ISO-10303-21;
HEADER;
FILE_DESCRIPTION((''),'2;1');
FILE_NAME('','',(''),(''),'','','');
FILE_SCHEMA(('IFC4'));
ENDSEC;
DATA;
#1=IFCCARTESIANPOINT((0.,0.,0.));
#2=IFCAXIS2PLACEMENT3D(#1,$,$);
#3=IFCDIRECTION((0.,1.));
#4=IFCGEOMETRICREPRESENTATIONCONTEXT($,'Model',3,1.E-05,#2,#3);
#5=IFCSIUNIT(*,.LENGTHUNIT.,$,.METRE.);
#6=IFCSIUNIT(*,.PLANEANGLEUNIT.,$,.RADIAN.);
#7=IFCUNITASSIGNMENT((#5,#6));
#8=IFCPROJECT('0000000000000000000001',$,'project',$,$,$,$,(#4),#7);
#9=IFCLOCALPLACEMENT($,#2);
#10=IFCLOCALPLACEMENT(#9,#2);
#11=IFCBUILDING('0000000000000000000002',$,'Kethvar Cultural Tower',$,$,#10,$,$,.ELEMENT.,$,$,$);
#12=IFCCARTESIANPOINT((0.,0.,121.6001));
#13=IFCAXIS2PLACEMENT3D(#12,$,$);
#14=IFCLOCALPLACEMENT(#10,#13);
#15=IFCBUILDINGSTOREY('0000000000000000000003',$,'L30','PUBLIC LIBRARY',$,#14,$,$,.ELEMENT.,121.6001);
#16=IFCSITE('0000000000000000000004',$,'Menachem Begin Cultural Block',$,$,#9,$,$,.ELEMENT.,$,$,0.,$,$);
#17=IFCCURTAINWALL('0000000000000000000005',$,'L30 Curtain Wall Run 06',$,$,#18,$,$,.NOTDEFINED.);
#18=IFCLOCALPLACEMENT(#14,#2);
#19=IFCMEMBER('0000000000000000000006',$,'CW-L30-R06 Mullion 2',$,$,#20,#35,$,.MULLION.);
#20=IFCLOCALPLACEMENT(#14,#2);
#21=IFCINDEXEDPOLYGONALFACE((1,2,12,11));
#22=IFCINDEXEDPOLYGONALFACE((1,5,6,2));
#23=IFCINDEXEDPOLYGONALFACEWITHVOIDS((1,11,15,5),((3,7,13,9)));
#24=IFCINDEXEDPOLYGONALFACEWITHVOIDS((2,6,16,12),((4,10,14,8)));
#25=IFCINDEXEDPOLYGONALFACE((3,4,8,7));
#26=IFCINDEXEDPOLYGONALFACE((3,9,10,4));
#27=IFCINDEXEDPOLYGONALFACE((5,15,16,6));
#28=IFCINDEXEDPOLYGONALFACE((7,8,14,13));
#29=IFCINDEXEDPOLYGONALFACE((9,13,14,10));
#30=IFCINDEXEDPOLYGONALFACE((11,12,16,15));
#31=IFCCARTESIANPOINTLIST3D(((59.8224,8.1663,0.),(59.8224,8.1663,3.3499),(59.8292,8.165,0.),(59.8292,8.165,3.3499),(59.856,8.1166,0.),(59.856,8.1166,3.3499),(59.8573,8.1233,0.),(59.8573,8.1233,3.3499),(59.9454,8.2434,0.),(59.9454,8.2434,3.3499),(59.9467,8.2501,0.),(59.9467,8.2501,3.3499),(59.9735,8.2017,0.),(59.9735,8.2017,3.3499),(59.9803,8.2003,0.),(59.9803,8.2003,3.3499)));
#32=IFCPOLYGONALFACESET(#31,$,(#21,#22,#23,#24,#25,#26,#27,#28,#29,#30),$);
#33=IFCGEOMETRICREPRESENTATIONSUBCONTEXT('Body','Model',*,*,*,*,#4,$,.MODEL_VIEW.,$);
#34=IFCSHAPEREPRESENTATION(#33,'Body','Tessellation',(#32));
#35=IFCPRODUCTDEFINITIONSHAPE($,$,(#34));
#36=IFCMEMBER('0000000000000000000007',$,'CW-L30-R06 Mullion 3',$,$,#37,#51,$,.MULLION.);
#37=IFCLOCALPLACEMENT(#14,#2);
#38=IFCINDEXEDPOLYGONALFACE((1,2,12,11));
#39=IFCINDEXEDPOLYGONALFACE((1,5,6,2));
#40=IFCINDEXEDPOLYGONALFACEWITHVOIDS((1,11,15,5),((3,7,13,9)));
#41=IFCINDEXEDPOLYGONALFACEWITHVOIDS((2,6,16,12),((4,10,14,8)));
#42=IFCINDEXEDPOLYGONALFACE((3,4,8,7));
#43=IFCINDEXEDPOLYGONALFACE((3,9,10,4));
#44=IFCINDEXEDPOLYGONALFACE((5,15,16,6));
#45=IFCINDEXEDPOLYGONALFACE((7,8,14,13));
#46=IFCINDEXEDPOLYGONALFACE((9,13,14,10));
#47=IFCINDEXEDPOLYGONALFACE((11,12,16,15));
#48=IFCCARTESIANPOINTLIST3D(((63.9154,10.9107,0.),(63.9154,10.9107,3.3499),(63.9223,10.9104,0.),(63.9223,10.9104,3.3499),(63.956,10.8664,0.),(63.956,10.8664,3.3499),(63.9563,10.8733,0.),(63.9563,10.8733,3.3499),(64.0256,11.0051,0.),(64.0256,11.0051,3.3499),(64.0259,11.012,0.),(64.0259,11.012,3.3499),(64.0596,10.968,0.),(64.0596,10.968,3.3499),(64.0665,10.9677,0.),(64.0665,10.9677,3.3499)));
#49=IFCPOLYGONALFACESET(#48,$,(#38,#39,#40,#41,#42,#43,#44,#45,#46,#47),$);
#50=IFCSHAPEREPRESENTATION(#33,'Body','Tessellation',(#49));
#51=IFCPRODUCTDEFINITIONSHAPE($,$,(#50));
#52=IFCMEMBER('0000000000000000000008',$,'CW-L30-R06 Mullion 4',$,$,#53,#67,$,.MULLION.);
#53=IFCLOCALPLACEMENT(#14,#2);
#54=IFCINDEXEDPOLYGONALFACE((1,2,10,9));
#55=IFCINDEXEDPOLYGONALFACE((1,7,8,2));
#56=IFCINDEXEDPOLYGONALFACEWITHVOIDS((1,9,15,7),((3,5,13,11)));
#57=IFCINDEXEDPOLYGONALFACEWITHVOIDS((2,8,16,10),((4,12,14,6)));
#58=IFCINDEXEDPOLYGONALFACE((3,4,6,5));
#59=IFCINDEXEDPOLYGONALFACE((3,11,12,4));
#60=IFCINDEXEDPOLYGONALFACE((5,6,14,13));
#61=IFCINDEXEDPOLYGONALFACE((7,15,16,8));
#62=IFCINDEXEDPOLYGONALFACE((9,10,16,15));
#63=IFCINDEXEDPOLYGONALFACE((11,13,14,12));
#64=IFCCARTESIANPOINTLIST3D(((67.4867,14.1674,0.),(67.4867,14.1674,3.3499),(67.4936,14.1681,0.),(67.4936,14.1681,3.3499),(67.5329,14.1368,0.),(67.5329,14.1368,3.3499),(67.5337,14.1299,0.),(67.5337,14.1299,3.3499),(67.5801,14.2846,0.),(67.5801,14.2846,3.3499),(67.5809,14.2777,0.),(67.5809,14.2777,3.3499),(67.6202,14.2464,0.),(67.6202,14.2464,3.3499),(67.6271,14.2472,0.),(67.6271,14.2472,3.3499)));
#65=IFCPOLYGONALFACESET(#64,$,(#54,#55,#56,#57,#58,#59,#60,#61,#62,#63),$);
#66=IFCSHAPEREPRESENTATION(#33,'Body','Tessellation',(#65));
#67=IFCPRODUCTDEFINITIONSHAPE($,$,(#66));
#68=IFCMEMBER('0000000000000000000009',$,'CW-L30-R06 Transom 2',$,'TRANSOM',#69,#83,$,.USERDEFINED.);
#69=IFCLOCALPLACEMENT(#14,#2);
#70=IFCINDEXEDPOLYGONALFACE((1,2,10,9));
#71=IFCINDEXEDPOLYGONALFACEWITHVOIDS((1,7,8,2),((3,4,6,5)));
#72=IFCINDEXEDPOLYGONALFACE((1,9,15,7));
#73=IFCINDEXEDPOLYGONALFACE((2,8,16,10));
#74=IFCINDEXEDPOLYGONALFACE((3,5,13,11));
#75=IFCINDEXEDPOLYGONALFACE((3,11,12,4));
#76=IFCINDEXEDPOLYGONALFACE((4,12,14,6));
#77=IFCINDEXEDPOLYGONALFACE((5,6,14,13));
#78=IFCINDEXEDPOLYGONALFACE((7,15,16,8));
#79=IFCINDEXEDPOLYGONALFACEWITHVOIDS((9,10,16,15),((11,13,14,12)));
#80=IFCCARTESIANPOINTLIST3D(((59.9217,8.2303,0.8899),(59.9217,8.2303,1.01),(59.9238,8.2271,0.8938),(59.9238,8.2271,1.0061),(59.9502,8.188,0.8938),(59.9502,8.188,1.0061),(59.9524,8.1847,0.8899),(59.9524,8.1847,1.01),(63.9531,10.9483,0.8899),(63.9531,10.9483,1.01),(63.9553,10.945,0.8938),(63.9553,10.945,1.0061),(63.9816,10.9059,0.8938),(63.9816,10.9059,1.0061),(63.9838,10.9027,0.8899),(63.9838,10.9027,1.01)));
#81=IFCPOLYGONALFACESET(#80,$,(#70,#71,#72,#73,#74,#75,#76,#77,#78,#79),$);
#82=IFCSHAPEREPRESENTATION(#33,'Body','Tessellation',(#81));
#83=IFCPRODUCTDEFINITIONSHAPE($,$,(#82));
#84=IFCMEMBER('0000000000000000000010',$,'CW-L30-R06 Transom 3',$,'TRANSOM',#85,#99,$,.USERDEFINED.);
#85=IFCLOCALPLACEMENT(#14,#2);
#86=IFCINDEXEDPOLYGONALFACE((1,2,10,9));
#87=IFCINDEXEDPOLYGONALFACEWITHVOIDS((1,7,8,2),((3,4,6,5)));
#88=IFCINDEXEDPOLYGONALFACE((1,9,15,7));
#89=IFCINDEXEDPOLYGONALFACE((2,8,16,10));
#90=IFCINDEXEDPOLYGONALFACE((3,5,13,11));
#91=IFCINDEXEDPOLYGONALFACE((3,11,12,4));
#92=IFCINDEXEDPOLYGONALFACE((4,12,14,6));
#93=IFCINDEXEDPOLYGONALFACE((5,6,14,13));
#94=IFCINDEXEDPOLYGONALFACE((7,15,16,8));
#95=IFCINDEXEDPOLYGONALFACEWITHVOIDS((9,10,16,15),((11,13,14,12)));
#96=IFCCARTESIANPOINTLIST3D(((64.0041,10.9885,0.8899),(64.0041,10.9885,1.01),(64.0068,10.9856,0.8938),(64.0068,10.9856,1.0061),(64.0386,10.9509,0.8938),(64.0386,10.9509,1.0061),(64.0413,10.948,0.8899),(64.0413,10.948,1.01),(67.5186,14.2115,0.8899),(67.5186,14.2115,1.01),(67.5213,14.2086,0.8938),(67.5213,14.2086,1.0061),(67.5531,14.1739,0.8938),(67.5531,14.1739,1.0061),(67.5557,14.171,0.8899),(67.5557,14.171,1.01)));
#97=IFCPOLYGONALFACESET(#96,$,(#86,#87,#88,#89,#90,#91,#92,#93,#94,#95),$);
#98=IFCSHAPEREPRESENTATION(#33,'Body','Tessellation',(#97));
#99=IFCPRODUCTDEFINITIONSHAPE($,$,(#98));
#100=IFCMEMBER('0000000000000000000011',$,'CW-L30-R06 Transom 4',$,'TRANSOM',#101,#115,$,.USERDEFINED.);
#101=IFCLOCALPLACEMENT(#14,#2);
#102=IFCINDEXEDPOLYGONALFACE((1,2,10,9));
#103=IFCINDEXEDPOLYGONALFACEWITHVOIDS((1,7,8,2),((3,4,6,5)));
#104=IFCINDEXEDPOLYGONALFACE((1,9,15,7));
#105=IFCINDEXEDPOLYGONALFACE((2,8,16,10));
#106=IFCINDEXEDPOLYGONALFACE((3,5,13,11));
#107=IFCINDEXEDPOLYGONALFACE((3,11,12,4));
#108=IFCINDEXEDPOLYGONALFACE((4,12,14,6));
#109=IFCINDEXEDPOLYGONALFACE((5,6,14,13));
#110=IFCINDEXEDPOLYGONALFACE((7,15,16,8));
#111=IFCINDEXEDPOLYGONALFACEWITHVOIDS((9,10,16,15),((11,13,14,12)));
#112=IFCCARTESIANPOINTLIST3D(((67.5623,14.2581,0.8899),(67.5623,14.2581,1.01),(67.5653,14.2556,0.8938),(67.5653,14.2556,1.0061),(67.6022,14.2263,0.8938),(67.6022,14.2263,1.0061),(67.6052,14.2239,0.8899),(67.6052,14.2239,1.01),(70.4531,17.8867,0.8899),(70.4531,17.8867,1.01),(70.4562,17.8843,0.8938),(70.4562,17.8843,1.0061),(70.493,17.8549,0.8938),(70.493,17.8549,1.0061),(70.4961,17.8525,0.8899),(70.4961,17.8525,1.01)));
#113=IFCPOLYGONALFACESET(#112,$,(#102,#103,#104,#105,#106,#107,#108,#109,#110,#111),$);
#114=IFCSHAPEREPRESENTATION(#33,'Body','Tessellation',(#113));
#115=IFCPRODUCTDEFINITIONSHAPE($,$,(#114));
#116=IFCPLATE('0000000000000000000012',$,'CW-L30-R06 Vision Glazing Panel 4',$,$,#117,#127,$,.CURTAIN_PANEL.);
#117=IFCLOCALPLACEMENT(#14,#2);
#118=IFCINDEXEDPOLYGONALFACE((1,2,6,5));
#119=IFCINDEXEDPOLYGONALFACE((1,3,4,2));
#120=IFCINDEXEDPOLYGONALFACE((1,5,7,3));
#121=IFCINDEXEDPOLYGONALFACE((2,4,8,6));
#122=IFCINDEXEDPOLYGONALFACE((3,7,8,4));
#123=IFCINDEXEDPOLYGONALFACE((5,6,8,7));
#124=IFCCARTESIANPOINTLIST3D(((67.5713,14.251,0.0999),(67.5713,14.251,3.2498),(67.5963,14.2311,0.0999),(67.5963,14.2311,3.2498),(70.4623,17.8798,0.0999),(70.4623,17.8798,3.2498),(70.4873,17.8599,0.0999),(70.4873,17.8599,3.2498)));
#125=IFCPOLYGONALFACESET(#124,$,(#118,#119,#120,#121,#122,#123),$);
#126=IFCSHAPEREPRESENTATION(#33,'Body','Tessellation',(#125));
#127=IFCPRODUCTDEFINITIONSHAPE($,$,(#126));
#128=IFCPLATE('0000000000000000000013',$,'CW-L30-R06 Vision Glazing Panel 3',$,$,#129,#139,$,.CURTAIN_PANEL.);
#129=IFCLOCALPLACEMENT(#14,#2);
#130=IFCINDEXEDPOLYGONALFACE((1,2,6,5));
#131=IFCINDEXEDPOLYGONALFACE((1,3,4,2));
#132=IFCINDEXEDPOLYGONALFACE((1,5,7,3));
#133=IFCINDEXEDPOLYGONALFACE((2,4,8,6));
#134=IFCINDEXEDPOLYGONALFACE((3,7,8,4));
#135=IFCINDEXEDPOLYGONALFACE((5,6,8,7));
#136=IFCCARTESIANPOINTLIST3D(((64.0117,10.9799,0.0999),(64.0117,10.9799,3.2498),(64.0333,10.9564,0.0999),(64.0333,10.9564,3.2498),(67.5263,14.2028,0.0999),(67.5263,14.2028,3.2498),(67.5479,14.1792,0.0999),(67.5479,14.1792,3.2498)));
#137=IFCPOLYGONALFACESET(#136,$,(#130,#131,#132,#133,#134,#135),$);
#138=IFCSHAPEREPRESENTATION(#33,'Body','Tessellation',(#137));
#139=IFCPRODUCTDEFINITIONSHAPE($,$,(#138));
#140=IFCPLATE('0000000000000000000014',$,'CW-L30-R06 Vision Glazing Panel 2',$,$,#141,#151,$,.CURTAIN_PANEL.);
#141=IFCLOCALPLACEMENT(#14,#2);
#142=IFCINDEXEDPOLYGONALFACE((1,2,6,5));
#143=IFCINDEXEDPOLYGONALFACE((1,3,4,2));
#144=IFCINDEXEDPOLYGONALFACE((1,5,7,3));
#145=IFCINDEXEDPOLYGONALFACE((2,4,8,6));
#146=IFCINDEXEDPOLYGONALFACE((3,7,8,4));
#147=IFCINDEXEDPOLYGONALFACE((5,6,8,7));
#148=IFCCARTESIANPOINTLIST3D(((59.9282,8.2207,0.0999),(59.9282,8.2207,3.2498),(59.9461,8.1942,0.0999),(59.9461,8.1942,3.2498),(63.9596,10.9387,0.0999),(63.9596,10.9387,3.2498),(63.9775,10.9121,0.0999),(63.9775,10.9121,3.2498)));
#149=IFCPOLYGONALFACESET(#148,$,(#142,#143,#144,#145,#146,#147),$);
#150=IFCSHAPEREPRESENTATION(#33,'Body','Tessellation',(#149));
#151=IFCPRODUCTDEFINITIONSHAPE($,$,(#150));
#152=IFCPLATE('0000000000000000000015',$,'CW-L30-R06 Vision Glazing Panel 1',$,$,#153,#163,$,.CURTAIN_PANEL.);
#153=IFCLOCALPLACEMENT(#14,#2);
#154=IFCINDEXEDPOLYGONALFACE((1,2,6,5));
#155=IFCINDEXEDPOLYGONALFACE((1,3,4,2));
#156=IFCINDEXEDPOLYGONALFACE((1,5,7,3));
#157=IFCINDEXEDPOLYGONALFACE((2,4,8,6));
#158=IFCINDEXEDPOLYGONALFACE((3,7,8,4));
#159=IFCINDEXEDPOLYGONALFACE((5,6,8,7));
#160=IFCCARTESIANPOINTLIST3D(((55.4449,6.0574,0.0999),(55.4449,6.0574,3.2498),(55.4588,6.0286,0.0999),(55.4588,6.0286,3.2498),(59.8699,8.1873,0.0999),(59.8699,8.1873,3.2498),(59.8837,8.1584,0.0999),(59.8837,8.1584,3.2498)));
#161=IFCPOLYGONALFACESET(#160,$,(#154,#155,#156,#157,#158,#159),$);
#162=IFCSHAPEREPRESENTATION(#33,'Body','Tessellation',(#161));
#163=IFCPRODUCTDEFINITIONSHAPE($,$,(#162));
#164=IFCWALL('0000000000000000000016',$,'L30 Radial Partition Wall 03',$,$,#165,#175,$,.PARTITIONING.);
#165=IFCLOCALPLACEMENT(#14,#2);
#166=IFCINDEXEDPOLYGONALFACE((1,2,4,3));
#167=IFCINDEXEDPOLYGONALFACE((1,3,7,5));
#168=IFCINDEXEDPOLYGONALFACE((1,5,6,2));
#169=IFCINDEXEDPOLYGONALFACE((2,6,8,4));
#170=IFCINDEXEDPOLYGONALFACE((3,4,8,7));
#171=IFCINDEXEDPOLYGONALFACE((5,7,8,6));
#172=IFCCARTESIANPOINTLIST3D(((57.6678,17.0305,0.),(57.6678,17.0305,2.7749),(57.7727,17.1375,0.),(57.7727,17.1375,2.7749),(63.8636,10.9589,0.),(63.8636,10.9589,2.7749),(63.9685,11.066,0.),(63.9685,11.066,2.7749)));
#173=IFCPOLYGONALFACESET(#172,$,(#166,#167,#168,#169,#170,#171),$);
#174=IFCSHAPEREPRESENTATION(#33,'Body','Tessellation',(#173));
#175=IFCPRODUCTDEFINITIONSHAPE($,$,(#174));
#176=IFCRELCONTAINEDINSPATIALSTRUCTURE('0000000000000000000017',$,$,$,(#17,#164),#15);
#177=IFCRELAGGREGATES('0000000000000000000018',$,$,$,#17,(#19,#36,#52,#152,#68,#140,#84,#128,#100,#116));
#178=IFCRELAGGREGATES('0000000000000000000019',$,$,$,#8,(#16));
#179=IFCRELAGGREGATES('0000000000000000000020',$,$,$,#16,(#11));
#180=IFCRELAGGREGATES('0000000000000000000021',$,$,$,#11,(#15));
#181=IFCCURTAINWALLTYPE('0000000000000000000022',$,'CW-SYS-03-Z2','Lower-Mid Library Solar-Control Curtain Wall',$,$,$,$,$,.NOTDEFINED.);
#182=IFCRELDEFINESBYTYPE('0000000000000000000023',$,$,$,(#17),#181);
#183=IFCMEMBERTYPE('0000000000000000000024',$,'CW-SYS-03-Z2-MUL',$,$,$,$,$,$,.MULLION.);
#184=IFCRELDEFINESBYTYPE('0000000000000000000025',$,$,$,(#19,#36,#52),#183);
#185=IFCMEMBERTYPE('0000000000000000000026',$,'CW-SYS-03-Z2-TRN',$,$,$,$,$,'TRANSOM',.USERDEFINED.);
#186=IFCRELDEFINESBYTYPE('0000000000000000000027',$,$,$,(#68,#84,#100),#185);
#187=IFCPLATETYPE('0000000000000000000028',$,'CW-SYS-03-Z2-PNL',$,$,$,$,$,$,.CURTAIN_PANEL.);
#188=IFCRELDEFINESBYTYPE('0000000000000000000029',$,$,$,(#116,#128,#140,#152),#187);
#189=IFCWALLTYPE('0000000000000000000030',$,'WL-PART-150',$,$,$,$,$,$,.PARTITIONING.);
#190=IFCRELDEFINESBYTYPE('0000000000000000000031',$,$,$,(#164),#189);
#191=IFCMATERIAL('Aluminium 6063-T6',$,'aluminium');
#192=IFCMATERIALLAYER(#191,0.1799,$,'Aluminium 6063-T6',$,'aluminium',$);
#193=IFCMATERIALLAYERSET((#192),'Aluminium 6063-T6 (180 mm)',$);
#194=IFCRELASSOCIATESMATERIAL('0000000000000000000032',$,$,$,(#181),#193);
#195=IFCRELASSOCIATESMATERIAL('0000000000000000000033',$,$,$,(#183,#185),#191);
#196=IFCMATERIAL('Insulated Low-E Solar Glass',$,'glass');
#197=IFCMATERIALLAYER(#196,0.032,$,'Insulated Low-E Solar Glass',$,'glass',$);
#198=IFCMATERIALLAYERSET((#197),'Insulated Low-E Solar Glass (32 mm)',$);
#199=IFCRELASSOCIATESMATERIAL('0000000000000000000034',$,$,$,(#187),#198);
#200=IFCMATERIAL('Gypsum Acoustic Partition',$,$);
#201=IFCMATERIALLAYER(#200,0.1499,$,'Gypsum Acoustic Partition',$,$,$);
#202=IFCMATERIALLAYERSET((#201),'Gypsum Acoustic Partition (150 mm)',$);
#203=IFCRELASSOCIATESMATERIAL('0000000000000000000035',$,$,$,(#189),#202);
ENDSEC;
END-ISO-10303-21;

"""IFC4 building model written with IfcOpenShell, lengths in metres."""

from ifc_helpers import new_model, si_unit, direction, frame, frame_2d, origin, origin_2d, place, context, subcontext, project, spatial, rectangle, hollow_rectangle, extrude, source, transform, mapped, material, layer, layer_set, material_profile, profile_set, type_object, element, aggregate, save


model = new_model("IFC4")

# Units and contexts
model_context = context("Model", 3, precision=1e-05, world=origin(), true_north=direction((0.0, 1.0)))
body_context = subcontext(model_context, "Body", "Model", "MODEL_VIEW")
ifc_project = project(units=[si_unit("LENGTHUNIT", "METRE"), si_unit("PLANEANGLEUNIT", "RADIAN")], contexts=[model_context])

# Site, building, storey
site_placement = place(None, origin())
site = spatial("IfcSite", under=ifc_project, at=site_placement, Name="Menachem Begin Cultural Block", CompositionType="ELEMENT", RefElevation=0.0)
building_placement = place(site_placement, origin())
building = spatial("IfcBuilding", under=site, at=building_placement, Name="Kethvar Cultural Tower", CompositionType="ELEMENT")
storey_placement = place(building_placement, frame((0.0, 0.0, 121.6001)))
storey = spatial("IfcBuildingStorey", under=building, at=storey_placement, Name="L30", Description="PUBLIC LIBRARY", CompositionType="ELEMENT", Elevation=121.6001)

# Curtain wall, members, plates
ifc_material_1 = material(Name="Aluminium 6063-T6", Category="aluminium")
ifc_layer_1 = layer(ifc_material_1, 0.1799, Name="Aluminium 6063-T6", Category="aluminium")
ifc_layer_set_1 = layer_set([ifc_layer_1], Name="Aluminium 6063-T6 (180 mm)")
curtain_wall_type = type_object("IfcCurtainWallType", Name="CW-SYS-03-Z2", Description="Lower-Mid Library Solar-Control Curtain Wall", PredefinedType="NOTDEFINED", material=ifc_layer_set_1)
curtain_wall_placement = place(storey_placement, origin())
curtain_wall = element("IfcCurtainWall", 1, at=curtain_wall_placement, inside=storey, type_object=curtain_wall_type, Name="L30 Curtain Wall Run 06", PredefinedType="NOTDEFINED")
ifc_material_profile_1 = material_profile(ifc_material_1, hollow_rectangle(XDim=0.0601, YDim=0.1499, WallThickness=0.0049, at=origin_2d()), Name="Aluminium 6063-T6 — RHS150x60x5")
ifc_profile_set_1 = profile_set([ifc_material_profile_1], Name="Aluminium 6063-T6 — RHS150x60x5")
member_type_1 = type_object("IfcMemberType", Name="CW-SYS-03-Z2-MUL", PredefinedType="MULLION", material=ifc_profile_set_1)
shared_shape_1 = source(origin(), body_context, "Body", "SweptSolid", [
    extrude(hollow_rectangle(XDim=0.0601, YDim=0.1499, WallThickness=0.0049, at=origin_2d()), origin(), (0.0, 0.0, 1.0), 3.3499),
])
member_1_placement = place(storey_placement, frame((59.9014, 8.1833, 0.0), z_axis=(0.0, 0.0, 1.0), x_axis=(-0.559019, 0.829155, 0.0)))
member_1 = element("IfcMember", 2, at=member_1_placement, type_object=member_type_1, Name="CW-L30-R06 Mullion 2", PredefinedType="MULLION", context=body_context, shape_type="MappedRepresentation", body=[
    mapped(shared_shape_1, transform((0.0, 0.0, 0.0), scale=1.0)),
])
member_2_placement = place(storey_placement, frame((63.991, 10.9392, 0.0), z_axis=(0.0, 0.0, 1.0), x_axis=(-0.67586, 0.73703, 0.0)))
member_2 = element("IfcMember", 3, at=member_2_placement, type_object=member_type_1, Name="CW-L30-R06 Mullion 3", PredefinedType="MULLION", context=body_context, shape_type="MappedRepresentation", body=[
    mapped(shared_shape_1, transform((0.0, 0.0, 0.0), scale=1.0)),
])
member_3_placement = place(storey_placement, frame((67.5569, 14.2073, 0.0), z_axis=(0.0, 0.0, 1.0), x_axis=(-0.78213, 0.623115, 0.0)))
member_3 = element("IfcMember", 4, at=member_3_placement, type_object=member_type_1, Name="CW-L30-R06 Mullion 4", PredefinedType="MULLION", context=body_context, shape_type="MappedRepresentation", body=[
    mapped(shared_shape_1, transform((0.0, 0.0, 0.0), scale=1.0)),
])
ifc_material_profile_2 = material_profile(ifc_material_1, hollow_rectangle(XDim=0.0549, YDim=0.1201, WallThickness=0.0039, at=origin_2d()), Name="Aluminium 6063-T6 — RHS120x55x4")
ifc_profile_set_2 = profile_set([ifc_material_profile_2], Name="Aluminium 6063-T6 — RHS120x55x4")
member_type_2 = type_object("IfcMemberType", Name="CW-SYS-03-Z2-TRN", ElementType="TRANSOM", PredefinedType="USERDEFINED", material=ifc_profile_set_2)
shared_shape_2 = source(origin(), body_context, "Body", "SweptSolid", [
    extrude(hollow_rectangle(XDim=0.0549, YDim=0.1201, WallThickness=0.0039, at=origin_2d()), origin(), (0.0, 0.0, 1.0), 4.8621),
])
member_4_placement = place(storey_placement, frame((59.937, 8.2075, 0.95), z_axis=(0.829158, 0.559015, 0.0), x_axis=(-0.559015, 0.829158, 0.0)))
member_4 = element("IfcMember", 5, at=member_4_placement, type_object=member_type_2, Name="CW-L30-R06 Transom 2", ObjectType="TRANSOM", PredefinedType="USERDEFINED", context=body_context, shape_type="MappedRepresentation", body=[
    mapped(shared_shape_2, transform((0.0, 0.0, 0.0), scale=1.0)),
])
shared_shape_3 = source(origin(), body_context, "Body", "SweptSolid", [
    extrude(hollow_rectangle(XDim=0.0549, YDim=0.1201, WallThickness=0.0039, at=origin_2d()), origin(), (0.0, 0.0, 1.0), 4.7686),
])
member_5_placement = place(storey_placement, frame((64.0227, 10.9683, 0.95), z_axis=(0.737012, 0.67588, 0.0), x_axis=(-0.67588, 0.737012, 0.0)))
member_5 = element("IfcMember", 6, at=member_5_placement, type_object=member_type_2, Name="CW-L30-R06 Transom 3", ObjectType="TRANSOM", PredefinedType="USERDEFINED", context=body_context, shape_type="MappedRepresentation", body=[
    mapped(shared_shape_3, transform((0.0, 0.0, 0.0), scale=1.0)),
])
shared_shape_4 = source(origin(), body_context, "Body", "SweptSolid", [
    extrude(hollow_rectangle(XDim=0.0549, YDim=0.1201, WallThickness=0.0039, at=origin_2d()), origin(), (0.0, 0.0, 1.0), 4.6394),
])
member_6_placement = place(storey_placement, frame((67.5837, 14.241, 0.95), z_axis=(0.623109, 0.782135, 0.0), x_axis=(-0.782135, 0.623109, 0.0)))
member_6 = element("IfcMember", 7, at=member_6_placement, type_object=member_type_2, Name="CW-L30-R06 Transom 4", ObjectType="TRANSOM", PredefinedType="USERDEFINED", context=body_context, shape_type="MappedRepresentation", body=[
    mapped(shared_shape_4, transform((0.0, 0.0, 0.0), scale=1.0)),
])
ifc_material_2 = material(Name="Insulated Low-E Solar Glass", Category="glass")
ifc_layer_2 = layer(ifc_material_2, 0.032, Name="Insulated Low-E Solar Glass", Category="glass")
ifc_layer_set_2 = layer_set([ifc_layer_2], Name="Insulated Low-E Solar Glass (32 mm)")
plate_type = type_object("IfcPlateType", Name="CW-SYS-03-Z2-PNL", PredefinedType="CURTAIN_PANEL", material=ifc_layer_set_2)
shared_shape_5 = source(origin(), body_context, "Body", "SweptSolid", [
    extrude(rectangle(XDim=4.6396, YDim=0.032, at=origin_2d()), origin(), (0.0, 0.0, 1.0), 3.1499),
])
plate_1_placement = place(storey_placement, frame((69.0293, 16.0554, 0.0999), z_axis=(0.0, 0.0, 1.0), x_axis=(0.623115, 0.78213, 0.0)))
plate_1 = element("IfcPlate", 8, at=plate_1_placement, type_object=plate_type, Name="CW-L30-R06 Vision Glazing Panel 4", PredefinedType="CURTAIN_PANEL", context=body_context, shape_type="MappedRepresentation", body=[
    mapped(shared_shape_5, transform((0.0, 0.0, 0.0), scale=1.0)),
])
shared_shape_6 = source(origin(), body_context, "Body", "SweptSolid", [
    extrude(rectangle(XDim=4.7686, YDim=0.032, at=origin_2d()), origin(), (0.0, 0.0, 1.0), 3.1499),
])
plate_2_placement = place(storey_placement, frame((65.7798, 12.5796, 0.0999), z_axis=(0.0, 0.0, 1.0), x_axis=(0.73703, 0.67586, 0.0)))
plate_2 = element("IfcPlate", 9, at=plate_2_placement, type_object=plate_type, Name="CW-L30-R06 Vision Glazing Panel 3", PredefinedType="CURTAIN_PANEL", context=body_context, shape_type="MappedRepresentation", body=[
    mapped(shared_shape_6, transform((0.0, 0.0, 0.0), scale=1.0)),
])
shared_shape_7 = source(origin(), body_context, "Body", "SweptSolid", [
    extrude(rectangle(XDim=4.8621, YDim=0.032, at=origin_2d()), origin(), (0.0, 0.0, 1.0), 3.1499),
])
plate_3_placement = place(storey_placement, frame((61.9529, 9.5664, 0.0999), z_axis=(0.0, 0.0, 1.0), x_axis=(0.829155, 0.559019, 0.0)))
plate_3 = element("IfcPlate", 10, at=plate_3_placement, type_object=plate_type, Name="CW-L30-R06 Vision Glazing Panel 2", PredefinedType="CURTAIN_PANEL", context=body_context, shape_type="MappedRepresentation", body=[
    mapped(shared_shape_7, transform((0.0, 0.0, 0.0), scale=1.0)),
])
shared_shape_8 = source(origin(), body_context, "Body", "SweptSolid", [
    extrude(rectangle(XDim=4.9109, YDim=0.032, at=origin_2d()), origin(), (0.0, 0.0, 1.0), 3.1499),
])
plate_4_placement = place(storey_placement, frame((57.6643, 7.1079, 0.0999), z_axis=(0.0, 0.0, 1.0), x_axis=(0.901054, 0.433706, 0.0)))
plate_4 = element("IfcPlate", 11, at=plate_4_placement, type_object=plate_type, Name="CW-L30-R06 Vision Glazing Panel 1", PredefinedType="CURTAIN_PANEL", context=body_context, shape_type="MappedRepresentation", body=[
    mapped(shared_shape_8, transform((0.0, 0.0, 0.0), scale=1.0)),
])
aggregate(curtain_wall, [member_1, member_2, member_3, plate_4, member_4, plate_3, member_5, plate_2, member_6, plate_1])

# Wall
ifc_material_3 = material(Name="Gypsum Acoustic Partition")
ifc_layer_3 = layer(ifc_material_3, 0.1499, Name="Gypsum Acoustic Partition")
ifc_layer_set_3 = layer_set([ifc_layer_3], Name="Gypsum Acoustic Partition (150 mm)")
wall_type = type_object("IfcWallType", Name="WL-PART-150", PredefinedType="PARTITIONING", material=ifc_layer_set_3)
wall_placement = place(storey_placement, frame((57.7202, 17.084, 0.0), z_axis=(0.0, 0.0, 1.0), x_axis=(0.714233, -0.699908, 0.0)))
element("IfcWall", 12, at=wall_placement, inside=storey, type_object=wall_type, Name="L30 Radial Partition Wall 03", PredefinedType="PARTITIONING", context=body_context, shape_type="SweptSolid", body=[
    extrude(rectangle(XDim=8.6748, YDim=0.1499, at=frame_2d((4.3374, 0.0))), origin(), (0.0, 0.0, 1.0), 2.7749),
])

save(model, "model.ifc")
